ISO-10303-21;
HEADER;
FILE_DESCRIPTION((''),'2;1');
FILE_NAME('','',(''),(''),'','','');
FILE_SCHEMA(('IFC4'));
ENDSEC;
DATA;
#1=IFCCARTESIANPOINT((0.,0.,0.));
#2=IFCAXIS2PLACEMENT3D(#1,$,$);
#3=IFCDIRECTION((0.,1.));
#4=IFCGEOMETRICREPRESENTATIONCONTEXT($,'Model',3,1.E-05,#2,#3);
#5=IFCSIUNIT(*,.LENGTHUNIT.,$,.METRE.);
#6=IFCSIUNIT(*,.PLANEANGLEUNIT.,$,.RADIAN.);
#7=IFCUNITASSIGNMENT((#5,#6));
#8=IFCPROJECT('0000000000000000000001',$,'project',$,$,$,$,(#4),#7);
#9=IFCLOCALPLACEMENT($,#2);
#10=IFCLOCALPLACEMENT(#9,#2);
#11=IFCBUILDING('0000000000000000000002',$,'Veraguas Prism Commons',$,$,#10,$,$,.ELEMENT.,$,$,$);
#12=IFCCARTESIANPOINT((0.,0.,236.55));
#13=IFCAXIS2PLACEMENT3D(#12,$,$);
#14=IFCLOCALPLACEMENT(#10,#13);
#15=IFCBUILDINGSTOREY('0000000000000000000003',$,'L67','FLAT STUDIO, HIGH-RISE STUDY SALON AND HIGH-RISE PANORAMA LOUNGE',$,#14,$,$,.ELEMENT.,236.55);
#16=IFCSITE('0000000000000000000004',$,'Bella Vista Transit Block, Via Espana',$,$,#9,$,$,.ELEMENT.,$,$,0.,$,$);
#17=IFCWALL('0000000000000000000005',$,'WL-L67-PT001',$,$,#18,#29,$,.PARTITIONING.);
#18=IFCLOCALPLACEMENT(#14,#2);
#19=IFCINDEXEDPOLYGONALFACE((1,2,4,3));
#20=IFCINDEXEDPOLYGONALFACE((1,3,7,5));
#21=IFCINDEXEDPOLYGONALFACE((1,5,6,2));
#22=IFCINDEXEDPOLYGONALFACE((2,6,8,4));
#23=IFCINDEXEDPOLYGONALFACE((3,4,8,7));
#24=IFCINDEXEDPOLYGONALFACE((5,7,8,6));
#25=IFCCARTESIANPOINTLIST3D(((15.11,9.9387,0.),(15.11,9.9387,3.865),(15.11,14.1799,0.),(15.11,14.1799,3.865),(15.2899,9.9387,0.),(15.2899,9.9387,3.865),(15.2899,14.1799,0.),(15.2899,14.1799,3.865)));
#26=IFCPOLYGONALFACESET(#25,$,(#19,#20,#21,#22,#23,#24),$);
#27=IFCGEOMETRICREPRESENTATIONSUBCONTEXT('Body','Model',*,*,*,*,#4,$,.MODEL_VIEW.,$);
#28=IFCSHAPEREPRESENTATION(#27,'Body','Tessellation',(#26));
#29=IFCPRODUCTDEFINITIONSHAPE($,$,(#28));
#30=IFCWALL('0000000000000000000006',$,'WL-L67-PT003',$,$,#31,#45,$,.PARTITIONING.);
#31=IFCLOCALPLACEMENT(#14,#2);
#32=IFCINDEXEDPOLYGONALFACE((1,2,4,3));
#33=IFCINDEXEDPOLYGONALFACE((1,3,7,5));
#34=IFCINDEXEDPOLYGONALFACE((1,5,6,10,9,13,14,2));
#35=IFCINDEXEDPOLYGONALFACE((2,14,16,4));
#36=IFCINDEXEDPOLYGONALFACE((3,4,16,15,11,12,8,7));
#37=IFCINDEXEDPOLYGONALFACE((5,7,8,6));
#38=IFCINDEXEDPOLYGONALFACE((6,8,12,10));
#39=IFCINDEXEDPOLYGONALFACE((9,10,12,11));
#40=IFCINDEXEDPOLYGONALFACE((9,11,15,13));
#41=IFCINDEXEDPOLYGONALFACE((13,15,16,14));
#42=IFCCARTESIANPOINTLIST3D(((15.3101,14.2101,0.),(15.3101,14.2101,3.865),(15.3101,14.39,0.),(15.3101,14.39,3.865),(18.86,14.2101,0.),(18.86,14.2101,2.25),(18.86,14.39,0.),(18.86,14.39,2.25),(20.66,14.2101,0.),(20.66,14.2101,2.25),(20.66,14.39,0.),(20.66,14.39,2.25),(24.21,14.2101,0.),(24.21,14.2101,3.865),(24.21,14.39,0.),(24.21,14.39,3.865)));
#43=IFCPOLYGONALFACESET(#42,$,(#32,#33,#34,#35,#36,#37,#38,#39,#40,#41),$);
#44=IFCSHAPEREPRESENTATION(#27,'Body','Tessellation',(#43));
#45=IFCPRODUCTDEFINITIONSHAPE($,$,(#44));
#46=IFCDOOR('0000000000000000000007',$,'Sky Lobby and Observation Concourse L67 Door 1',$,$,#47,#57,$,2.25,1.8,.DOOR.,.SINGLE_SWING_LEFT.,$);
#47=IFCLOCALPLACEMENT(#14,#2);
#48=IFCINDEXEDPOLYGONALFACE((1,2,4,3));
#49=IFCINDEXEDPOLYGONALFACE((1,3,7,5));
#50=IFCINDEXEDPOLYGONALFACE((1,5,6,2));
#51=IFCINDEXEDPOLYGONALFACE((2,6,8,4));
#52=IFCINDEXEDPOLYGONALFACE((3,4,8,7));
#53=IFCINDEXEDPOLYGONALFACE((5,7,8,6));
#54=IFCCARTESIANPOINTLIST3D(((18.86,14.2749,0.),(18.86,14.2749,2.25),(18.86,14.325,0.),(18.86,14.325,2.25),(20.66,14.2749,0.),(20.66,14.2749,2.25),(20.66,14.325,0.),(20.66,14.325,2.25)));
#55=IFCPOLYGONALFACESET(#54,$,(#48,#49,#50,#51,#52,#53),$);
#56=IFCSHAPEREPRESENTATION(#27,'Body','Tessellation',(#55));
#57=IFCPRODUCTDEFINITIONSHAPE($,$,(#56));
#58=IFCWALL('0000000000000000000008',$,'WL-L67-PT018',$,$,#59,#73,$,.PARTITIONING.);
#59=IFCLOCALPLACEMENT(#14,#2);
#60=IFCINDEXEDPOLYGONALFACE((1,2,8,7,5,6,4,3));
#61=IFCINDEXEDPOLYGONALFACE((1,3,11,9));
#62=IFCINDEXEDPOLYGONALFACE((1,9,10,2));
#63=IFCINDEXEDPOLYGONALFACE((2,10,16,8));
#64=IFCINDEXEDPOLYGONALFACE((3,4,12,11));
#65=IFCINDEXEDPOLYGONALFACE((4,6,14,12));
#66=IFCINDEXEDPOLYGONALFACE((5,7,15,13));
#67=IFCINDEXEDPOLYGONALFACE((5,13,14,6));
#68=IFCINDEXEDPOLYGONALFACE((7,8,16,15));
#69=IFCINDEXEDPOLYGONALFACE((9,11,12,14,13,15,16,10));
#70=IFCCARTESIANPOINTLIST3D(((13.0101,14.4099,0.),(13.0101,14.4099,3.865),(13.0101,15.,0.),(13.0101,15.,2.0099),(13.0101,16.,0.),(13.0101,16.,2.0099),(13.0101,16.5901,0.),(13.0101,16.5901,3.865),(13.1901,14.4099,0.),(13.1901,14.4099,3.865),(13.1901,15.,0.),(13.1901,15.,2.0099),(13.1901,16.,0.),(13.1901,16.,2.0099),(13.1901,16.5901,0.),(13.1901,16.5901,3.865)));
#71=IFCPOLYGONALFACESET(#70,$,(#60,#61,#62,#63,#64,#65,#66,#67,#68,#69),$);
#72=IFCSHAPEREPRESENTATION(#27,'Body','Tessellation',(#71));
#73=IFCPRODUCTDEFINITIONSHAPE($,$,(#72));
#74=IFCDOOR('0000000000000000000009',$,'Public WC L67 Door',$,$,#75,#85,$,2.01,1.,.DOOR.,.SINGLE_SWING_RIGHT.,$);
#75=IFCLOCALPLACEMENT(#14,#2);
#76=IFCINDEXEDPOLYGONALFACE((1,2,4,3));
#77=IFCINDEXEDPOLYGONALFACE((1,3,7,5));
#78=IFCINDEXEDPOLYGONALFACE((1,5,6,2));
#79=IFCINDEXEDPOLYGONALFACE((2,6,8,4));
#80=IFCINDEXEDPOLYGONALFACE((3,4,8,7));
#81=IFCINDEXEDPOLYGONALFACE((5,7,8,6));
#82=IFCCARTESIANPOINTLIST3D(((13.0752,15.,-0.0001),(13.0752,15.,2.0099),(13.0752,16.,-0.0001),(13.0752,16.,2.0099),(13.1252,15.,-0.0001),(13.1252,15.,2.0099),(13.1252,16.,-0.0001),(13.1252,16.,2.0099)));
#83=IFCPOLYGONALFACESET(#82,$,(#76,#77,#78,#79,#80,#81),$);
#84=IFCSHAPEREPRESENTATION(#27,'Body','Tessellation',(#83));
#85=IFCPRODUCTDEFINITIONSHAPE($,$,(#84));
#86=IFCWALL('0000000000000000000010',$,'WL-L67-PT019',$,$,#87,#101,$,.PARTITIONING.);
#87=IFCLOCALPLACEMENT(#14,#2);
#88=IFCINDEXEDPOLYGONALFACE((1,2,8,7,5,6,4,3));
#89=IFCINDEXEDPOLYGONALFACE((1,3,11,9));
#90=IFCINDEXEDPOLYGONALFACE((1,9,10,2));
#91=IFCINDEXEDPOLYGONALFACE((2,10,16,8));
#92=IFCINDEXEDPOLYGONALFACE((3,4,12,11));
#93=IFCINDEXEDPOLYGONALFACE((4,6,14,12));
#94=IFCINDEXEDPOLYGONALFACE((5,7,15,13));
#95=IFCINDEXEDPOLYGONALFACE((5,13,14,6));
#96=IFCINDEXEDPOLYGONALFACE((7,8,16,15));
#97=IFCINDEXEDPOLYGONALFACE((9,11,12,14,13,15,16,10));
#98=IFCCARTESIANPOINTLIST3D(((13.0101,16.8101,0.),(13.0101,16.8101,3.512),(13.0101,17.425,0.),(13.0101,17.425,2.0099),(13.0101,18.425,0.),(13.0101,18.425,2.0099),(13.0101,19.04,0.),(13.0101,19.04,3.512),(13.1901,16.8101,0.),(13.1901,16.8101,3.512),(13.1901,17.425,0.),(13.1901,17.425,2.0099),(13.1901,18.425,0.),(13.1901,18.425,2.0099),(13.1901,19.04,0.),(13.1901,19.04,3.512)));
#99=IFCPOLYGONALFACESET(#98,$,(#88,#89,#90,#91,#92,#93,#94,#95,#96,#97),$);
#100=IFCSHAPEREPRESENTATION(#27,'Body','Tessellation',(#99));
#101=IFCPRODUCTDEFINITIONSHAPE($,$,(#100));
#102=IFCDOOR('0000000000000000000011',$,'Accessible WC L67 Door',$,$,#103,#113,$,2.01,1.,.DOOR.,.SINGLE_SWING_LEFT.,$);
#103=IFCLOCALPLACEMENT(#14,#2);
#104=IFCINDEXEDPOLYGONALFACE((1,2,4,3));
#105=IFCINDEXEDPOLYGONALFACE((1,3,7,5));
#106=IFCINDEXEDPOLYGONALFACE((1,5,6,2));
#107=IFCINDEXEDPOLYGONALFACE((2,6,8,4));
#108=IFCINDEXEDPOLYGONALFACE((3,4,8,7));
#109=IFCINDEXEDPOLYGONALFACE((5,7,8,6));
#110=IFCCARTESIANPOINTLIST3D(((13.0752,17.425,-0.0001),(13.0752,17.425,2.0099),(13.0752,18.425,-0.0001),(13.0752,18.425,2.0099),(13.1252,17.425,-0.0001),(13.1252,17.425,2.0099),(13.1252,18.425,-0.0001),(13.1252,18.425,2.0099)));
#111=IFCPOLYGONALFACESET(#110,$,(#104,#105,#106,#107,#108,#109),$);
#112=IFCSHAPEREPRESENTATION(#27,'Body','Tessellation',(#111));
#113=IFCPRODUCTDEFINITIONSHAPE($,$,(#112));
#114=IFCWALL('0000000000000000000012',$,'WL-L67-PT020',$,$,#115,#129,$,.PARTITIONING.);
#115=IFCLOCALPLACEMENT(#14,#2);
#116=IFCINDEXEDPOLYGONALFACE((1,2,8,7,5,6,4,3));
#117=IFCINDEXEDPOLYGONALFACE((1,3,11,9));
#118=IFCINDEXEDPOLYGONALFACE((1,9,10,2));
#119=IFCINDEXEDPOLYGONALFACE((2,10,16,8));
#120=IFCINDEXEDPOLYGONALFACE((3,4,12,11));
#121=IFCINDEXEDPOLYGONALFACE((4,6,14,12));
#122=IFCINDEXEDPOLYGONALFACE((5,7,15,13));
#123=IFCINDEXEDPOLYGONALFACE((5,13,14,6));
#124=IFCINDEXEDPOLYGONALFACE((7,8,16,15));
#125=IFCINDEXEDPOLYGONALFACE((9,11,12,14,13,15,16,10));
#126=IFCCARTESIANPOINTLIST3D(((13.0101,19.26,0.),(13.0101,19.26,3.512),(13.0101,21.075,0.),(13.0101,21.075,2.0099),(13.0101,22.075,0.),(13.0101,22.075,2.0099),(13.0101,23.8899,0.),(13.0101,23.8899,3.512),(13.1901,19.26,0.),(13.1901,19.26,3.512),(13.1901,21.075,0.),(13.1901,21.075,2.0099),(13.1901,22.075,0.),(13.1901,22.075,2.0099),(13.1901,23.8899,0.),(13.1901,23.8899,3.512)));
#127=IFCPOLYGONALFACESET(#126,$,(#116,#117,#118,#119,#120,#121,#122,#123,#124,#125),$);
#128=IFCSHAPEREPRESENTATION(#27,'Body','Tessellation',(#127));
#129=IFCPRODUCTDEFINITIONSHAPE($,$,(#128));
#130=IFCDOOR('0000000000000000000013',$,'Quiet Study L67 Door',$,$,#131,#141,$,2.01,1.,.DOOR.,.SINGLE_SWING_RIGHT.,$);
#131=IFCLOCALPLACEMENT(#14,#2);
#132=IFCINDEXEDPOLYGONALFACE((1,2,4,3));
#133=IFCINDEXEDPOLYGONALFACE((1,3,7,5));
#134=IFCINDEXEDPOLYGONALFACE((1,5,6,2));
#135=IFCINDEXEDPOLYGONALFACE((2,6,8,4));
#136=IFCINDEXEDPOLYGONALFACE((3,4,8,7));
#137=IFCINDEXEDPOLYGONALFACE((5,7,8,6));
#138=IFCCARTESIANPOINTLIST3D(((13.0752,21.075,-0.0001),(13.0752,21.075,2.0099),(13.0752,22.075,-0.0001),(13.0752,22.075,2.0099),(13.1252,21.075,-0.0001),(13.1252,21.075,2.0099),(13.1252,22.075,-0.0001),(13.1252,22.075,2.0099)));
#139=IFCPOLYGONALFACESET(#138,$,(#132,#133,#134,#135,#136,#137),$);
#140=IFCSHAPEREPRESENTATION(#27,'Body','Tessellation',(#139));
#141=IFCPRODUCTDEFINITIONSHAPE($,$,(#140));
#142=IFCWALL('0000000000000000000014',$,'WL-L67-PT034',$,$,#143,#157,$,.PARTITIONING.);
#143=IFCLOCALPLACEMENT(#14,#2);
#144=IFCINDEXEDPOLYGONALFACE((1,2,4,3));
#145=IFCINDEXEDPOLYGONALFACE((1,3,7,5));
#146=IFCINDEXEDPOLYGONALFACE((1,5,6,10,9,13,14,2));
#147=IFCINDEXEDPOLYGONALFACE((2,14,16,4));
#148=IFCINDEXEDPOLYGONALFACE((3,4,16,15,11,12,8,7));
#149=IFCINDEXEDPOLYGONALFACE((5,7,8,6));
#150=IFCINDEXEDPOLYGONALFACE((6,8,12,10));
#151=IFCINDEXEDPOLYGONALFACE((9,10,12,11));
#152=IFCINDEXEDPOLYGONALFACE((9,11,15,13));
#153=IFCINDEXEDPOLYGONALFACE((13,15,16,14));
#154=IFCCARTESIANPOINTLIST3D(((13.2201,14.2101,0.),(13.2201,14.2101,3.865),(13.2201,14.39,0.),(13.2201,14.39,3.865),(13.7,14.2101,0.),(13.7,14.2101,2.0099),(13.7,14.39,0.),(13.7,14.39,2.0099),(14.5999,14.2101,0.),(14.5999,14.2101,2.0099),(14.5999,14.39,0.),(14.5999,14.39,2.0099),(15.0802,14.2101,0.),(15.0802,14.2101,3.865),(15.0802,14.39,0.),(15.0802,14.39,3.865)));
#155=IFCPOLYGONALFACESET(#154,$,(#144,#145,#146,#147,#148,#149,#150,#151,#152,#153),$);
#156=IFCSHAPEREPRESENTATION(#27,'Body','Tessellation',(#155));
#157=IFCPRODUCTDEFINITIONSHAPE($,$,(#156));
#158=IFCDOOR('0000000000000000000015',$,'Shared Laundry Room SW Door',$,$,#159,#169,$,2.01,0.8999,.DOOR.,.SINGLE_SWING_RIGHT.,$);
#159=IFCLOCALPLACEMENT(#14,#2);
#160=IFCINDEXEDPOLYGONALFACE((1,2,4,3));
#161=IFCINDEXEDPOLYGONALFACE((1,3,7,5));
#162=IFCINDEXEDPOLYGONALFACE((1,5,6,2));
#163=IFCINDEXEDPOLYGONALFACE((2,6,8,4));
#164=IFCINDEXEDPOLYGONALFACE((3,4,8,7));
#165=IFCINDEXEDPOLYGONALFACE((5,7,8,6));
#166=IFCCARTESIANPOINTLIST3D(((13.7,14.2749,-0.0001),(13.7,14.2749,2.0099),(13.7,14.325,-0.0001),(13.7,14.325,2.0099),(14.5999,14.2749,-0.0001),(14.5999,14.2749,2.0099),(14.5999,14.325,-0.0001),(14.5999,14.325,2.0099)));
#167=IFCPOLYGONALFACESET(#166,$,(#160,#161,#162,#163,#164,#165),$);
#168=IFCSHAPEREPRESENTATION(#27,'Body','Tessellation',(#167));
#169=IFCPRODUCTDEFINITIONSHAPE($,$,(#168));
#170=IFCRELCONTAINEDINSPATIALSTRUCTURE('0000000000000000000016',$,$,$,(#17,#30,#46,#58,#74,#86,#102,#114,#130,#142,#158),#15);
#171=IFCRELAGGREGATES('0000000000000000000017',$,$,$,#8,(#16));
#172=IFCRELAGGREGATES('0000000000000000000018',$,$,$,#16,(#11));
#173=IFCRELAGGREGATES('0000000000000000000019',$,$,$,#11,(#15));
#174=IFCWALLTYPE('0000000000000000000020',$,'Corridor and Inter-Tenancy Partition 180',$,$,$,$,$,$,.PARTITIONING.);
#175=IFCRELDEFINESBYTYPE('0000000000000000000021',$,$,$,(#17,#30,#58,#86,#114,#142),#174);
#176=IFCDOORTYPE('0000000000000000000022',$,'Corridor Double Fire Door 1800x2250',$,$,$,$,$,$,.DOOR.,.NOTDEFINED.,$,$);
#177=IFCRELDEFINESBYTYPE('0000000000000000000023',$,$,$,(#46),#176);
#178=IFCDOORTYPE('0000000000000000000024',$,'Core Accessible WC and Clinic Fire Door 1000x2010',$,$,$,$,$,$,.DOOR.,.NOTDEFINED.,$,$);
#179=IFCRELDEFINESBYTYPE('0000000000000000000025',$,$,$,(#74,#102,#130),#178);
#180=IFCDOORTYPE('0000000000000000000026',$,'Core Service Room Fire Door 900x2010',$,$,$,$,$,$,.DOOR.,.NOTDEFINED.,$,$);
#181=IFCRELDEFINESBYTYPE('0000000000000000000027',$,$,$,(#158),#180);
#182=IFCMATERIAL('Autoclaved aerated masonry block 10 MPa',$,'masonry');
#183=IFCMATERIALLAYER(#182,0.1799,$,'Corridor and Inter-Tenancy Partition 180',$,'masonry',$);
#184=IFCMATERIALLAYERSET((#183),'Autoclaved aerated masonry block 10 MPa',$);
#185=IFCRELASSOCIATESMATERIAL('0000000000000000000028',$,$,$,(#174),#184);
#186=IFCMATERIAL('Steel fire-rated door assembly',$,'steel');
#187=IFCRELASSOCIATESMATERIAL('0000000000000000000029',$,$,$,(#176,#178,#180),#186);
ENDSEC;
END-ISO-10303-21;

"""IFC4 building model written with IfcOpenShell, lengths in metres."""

from ifc_helpers import new_model, si_unit, direction, frame, frame_2d, origin, place, context, subcontext, project, spatial, rectangle, extrude, source, transform, mapped, material, layer, layer_set, type_object, element, fill, save


model = new_model("IFC4")

# Units and contexts
model_context = context("Model", 3, precision=1e-05, world=origin(), true_north=direction((0.0, 1.0)))
body_context = subcontext(model_context, "Body", "Model", "MODEL_VIEW")
ifc_project = project(units=[si_unit("LENGTHUNIT", "METRE"), si_unit("PLANEANGLEUNIT", "RADIAN")], contexts=[model_context])

# Site, building, storey
site_placement = place(None, origin())
site = spatial("IfcSite", under=ifc_project, at=site_placement, Name="Bella Vista Transit Block, Via Espana", CompositionType="ELEMENT", RefElevation=0.0)
building_placement = place(site_placement, origin())
building = spatial("IfcBuilding", under=site, at=building_placement, Name="Veraguas Prism Commons", CompositionType="ELEMENT")
storey_placement = place(building_placement, frame((0.0, 0.0, 236.55)))
storey = spatial("IfcBuildingStorey", under=building, at=storey_placement, Name="L67", Description="FLAT STUDIO, HIGH-RISE STUDY SALON AND HIGH-RISE PANORAMA LOUNGE", CompositionType="ELEMENT", Elevation=236.55)

# Shared definitions
ifc_material_1 = material(Name="Steel fire-rated door assembly", Category="steel")

# Wall
ifc_material_2 = material(Name="Autoclaved aerated masonry block 10 MPa", Category="masonry")
ifc_layer_1 = layer(ifc_material_2, 0.1799, Name="Corridor and Inter-Tenancy Partition 180", Category="masonry")
ifc_layer_set_1 = layer_set([ifc_layer_1], Name="Autoclaved aerated masonry block 10 MPa")
wall_type_1 = type_object("IfcWallType", Name="Corridor and Inter-Tenancy Partition 180", PredefinedType="PARTITIONING", material=ifc_layer_set_1)
wall_1_placement = place(storey_placement, frame((15.2, 14.1799, 0.0), z_axis=(0.0, 0.0, 1.0), x_axis=(0.0, -1.0, 0.0)))
element("IfcWall", 1, at=wall_1_placement, inside=storey, type_object=wall_type_1, Name="WL-L67-PT001", PredefinedType="PARTITIONING", context=body_context, shape_type="SweptSolid", body=[
    extrude(rectangle(XDim=4.2412, YDim=0.1799, at=frame_2d((2.1206, 0.0))), origin(), (0.0, 0.0, 1.0), 3.865),
])

# Walls, openings, doors
wall_2_placement = place(storey_placement, frame((15.3101, 14.3, 0.0), z_axis=(0.0, 0.0, 1.0), x_axis=(1.0, 0.0, 0.0)))
wall_2 = element("IfcWall", 2, at=wall_2_placement, inside=storey, type_object=wall_type_1, Name="WL-L67-PT003", PredefinedType="PARTITIONING", context=body_context, shape_type="SweptSolid", body=[
    extrude(rectangle(XDim=8.8999, YDim=0.1799, at=frame_2d((4.45, 0.0))), origin(), (0.0, 0.0, 1.0), 3.865),
])
opening_1_placement = place(wall_2_placement, frame((3.55, 0.0, 0.0)))
opening_1 = element("IfcOpeningElement", 3, at=opening_1_placement, cuts=wall_2, PredefinedType="OPENING", context=body_context, shape_type="SweptSolid", body=[
    extrude(rectangle(XDim=1.8, YDim=2.25, at=frame_2d((0.8999, 1.125))), frame((0.0, 0.0999, 0.0), z_axis=(0.0, -1.0, 0.0), x_axis=(1.0, 0.0, 0.0)), (0.0, 0.0, 1.0), 0.2),
])
door_type_1 = type_object("IfcDoorType", Name="Corridor Double Fire Door 1800x2250", OperationType="NOTDEFINED", PredefinedType="DOOR", material=ifc_material_1)
shared_shape_1 = source(origin(), body_context, "Body", "SweptSolid", [
    extrude(rectangle(XDim=1.8, YDim=2.25, at=frame_2d((0.8999, 1.125))), frame((0.0, 0.0249, 0.0), z_axis=(0.0, -1.0, 0.0), x_axis=(1.0, 0.0, 0.0)), (0.0, 0.0, 1.0), 0.05),
])
door_1_placement = place(opening_1_placement, origin())
door_1 = element("IfcDoor", 4, at=door_1_placement, inside=storey, type_object=door_type_1, Name="Sky Lobby and Observation Concourse L67 Door 1", OperationType="SINGLE_SWING_LEFT", OverallHeight=2.25, OverallWidth=1.8, PredefinedType="DOOR", context=body_context, shape_type="MappedRepresentation", body=[
    mapped(shared_shape_1, transform((0.0, 0.0, 0.0), scale=1.0)),
])
fill(opening_1, door_1)
wall_3_placement = place(storey_placement, frame((13.1001, 14.4099, 0.0), z_axis=(0.0, 0.0, 1.0), x_axis=(0.0, 1.0, 0.0)))
wall_3 = element("IfcWall", 5, at=wall_3_placement, inside=storey, type_object=wall_type_1, Name="WL-L67-PT018", PredefinedType="PARTITIONING", context=body_context, shape_type="SweptSolid", body=[
    extrude(rectangle(XDim=2.1802, YDim=0.1799, at=frame_2d((1.0901, 0.0))), origin(), (0.0, 0.0, 1.0), 3.865),
])
opening_2_placement = place(wall_3_placement, frame((0.5901, 0.0, 0.0)))
opening_2 = element("IfcOpeningElement", 6, at=opening_2_placement, cuts=wall_3, PredefinedType="OPENING", context=body_context, shape_type="SweptSolid", body=[
    extrude(rectangle(XDim=1.0, YDim=2.01, at=frame_2d((0.5, 1.0049))), frame((0.0, 0.0999, 0.0), z_axis=(0.0, -1.0, 0.0), x_axis=(1.0, 0.0, 0.0)), (0.0, 0.0, 1.0), 0.2),
])
door_type_2 = type_object("IfcDoorType", Name="Core Accessible WC and Clinic Fire Door 1000x2010", OperationType="NOTDEFINED", PredefinedType="DOOR", material=ifc_material_1)
shared_shape_2 = source(origin(), body_context, "Body", "SweptSolid", [
    extrude(rectangle(XDim=1.0, YDim=2.01, at=frame_2d((0.5, 1.0049))), frame((0.0, 0.0249, 0.0), z_axis=(0.0, -1.0, 0.0), x_axis=(1.0, 0.0, 0.0)), (0.0, 0.0, 1.0), 0.05),
])
door_2_placement = place(opening_2_placement, origin())
door_2 = element("IfcDoor", 7, at=door_2_placement, inside=storey, type_object=door_type_2, Name="Public WC L67 Door", OperationType="SINGLE_SWING_RIGHT", OverallHeight=2.01, OverallWidth=1.0, PredefinedType="DOOR", context=body_context, shape_type="MappedRepresentation", body=[
    mapped(shared_shape_2, transform((0.0, 0.0, 0.0), scale=1.0)),
])
fill(opening_2, door_2)
wall_4_placement = place(storey_placement, frame((13.1001, 16.8101, 0.0), z_axis=(0.0, 0.0, 1.0), x_axis=(0.0, 1.0, 0.0)))
wall_4 = element("IfcWall", 8, at=wall_4_placement, inside=storey, type_object=wall_type_1, Name="WL-L67-PT019", PredefinedType="PARTITIONING", context=body_context, shape_type="SweptSolid", body=[
    extrude(rectangle(XDim=2.23, YDim=0.1799, at=frame_2d((1.115, 0.0))), origin(), (0.0, 0.0, 1.0), 3.512),
])
opening_3_placement = place(wall_4_placement, frame((0.615, 0.0, 0.0)))
opening_3 = element("IfcOpeningElement", 9, at=opening_3_placement, cuts=wall_4, PredefinedType="OPENING", context=body_context, shape_type="SweptSolid", body=[
    extrude(rectangle(XDim=1.0, YDim=2.01, at=frame_2d((0.5, 1.0049))), frame((0.0, 0.0999, 0.0), z_axis=(0.0, -1.0, 0.0), x_axis=(1.0, 0.0, 0.0)), (0.0, 0.0, 1.0), 0.2),
])
door_3_placement = place(opening_3_placement, origin())
door_3 = element("IfcDoor", 10, at=door_3_placement, inside=storey, type_object=door_type_2, Name="Accessible WC L67 Door", OperationType="SINGLE_SWING_LEFT", OverallHeight=2.01, OverallWidth=1.0, PredefinedType="DOOR", context=body_context, shape_type="MappedRepresentation", body=[
    mapped(shared_shape_2, transform((0.0, 0.0, 0.0), scale=1.0)),
])
fill(opening_3, door_3)
wall_5_placement = place(storey_placement, frame((13.1001, 19.26, 0.0), z_axis=(0.0, 0.0, 1.0), x_axis=(0.0, 1.0, 0.0)))
wall_5 = element("IfcWall", 11, at=wall_5_placement, inside=storey, type_object=wall_type_1, Name="WL-L67-PT020", PredefinedType="PARTITIONING", context=body_context, shape_type="SweptSolid", body=[
    extrude(rectangle(XDim=4.6299, YDim=0.1799, at=frame_2d((2.3149, 0.0))), origin(), (0.0, 0.0, 1.0), 3.512),
])
opening_4_placement = place(wall_5_placement, frame((1.8149, 0.0, 0.0)))
opening_4 = element("IfcOpeningElement", 12, at=opening_4_placement, cuts=wall_5, PredefinedType="OPENING", context=body_context, shape_type="SweptSolid", body=[
    extrude(rectangle(XDim=1.0, YDim=2.01, at=frame_2d((0.5, 1.0049))), frame((0.0, 0.0999, 0.0), z_axis=(0.0, -1.0, 0.0), x_axis=(1.0, 0.0, 0.0)), (0.0, 0.0, 1.0), 0.2),
])
door_4_placement = place(opening_4_placement, origin())
door_4 = element("IfcDoor", 13, at=door_4_placement, inside=storey, type_object=door_type_2, Name="Quiet Study L67 Door", OperationType="SINGLE_SWING_RIGHT", OverallHeight=2.01, OverallWidth=1.0, PredefinedType="DOOR", context=body_context, shape_type="MappedRepresentation", body=[
    mapped(shared_shape_2, transform((0.0, 0.0, 0.0), scale=1.0)),
])
fill(opening_4, door_4)
wall_6_placement = place(storey_placement, frame((13.22, 14.3, 0.0), z_axis=(0.0, 0.0, 1.0), x_axis=(1.0, 0.0, 0.0)))
wall_6 = element("IfcWall", 14, at=wall_6_placement, inside=storey, type_object=wall_type_1, Name="WL-L67-PT034", PredefinedType="PARTITIONING", context=body_context, shape_type="SweptSolid", body=[
    extrude(rectangle(XDim=1.8601, YDim=0.1799, at=frame_2d((0.9302, 0.0))), origin(), (0.0, 0.0, 1.0), 3.865),
])
opening_5_placement = place(wall_6_placement, frame((0.48, 0.0, 0.0)))
opening_5 = element("IfcOpeningElement", 15, at=opening_5_placement, cuts=wall_6, PredefinedType="OPENING", context=body_context, shape_type="SweptSolid", body=[
    extrude(rectangle(XDim=0.8999, YDim=2.01, at=frame_2d((0.45, 1.0049))), frame((0.0, 0.0999, 0.0), z_axis=(0.0, -1.0, 0.0), x_axis=(1.0, 0.0, 0.0)), (0.0, 0.0, 1.0), 0.2),
])
door_type_3 = type_object("IfcDoorType", Name="Core Service Room Fire Door 900x2010", OperationType="NOTDEFINED", PredefinedType="DOOR", material=ifc_material_1)
shared_shape_3 = source(origin(), body_context, "Body", "SweptSolid", [
    extrude(rectangle(XDim=0.8999, YDim=2.01, at=frame_2d((0.45, 1.0049))), frame((0.0, 0.0249, 0.0), z_axis=(0.0, -1.0, 0.0), x_axis=(1.0, 0.0, 0.0)), (0.0, 0.0, 1.0), 0.05),
])
door_5_placement = place(opening_5_placement, origin())
door_5 = element("IfcDoor", 16, at=door_5_placement, inside=storey, type_object=door_type_3, Name="Shared Laundry Room SW Door", OperationType="SINGLE_SWING_RIGHT", OverallHeight=2.01, OverallWidth=0.8999, PredefinedType="DOOR", context=body_context, shape_type="MappedRepresentation", body=[
    mapped(shared_shape_3, transform((0.0, 0.0, 0.0), scale=1.0)),
])
fill(opening_5, door_5)

save(model, "model.ifc")
